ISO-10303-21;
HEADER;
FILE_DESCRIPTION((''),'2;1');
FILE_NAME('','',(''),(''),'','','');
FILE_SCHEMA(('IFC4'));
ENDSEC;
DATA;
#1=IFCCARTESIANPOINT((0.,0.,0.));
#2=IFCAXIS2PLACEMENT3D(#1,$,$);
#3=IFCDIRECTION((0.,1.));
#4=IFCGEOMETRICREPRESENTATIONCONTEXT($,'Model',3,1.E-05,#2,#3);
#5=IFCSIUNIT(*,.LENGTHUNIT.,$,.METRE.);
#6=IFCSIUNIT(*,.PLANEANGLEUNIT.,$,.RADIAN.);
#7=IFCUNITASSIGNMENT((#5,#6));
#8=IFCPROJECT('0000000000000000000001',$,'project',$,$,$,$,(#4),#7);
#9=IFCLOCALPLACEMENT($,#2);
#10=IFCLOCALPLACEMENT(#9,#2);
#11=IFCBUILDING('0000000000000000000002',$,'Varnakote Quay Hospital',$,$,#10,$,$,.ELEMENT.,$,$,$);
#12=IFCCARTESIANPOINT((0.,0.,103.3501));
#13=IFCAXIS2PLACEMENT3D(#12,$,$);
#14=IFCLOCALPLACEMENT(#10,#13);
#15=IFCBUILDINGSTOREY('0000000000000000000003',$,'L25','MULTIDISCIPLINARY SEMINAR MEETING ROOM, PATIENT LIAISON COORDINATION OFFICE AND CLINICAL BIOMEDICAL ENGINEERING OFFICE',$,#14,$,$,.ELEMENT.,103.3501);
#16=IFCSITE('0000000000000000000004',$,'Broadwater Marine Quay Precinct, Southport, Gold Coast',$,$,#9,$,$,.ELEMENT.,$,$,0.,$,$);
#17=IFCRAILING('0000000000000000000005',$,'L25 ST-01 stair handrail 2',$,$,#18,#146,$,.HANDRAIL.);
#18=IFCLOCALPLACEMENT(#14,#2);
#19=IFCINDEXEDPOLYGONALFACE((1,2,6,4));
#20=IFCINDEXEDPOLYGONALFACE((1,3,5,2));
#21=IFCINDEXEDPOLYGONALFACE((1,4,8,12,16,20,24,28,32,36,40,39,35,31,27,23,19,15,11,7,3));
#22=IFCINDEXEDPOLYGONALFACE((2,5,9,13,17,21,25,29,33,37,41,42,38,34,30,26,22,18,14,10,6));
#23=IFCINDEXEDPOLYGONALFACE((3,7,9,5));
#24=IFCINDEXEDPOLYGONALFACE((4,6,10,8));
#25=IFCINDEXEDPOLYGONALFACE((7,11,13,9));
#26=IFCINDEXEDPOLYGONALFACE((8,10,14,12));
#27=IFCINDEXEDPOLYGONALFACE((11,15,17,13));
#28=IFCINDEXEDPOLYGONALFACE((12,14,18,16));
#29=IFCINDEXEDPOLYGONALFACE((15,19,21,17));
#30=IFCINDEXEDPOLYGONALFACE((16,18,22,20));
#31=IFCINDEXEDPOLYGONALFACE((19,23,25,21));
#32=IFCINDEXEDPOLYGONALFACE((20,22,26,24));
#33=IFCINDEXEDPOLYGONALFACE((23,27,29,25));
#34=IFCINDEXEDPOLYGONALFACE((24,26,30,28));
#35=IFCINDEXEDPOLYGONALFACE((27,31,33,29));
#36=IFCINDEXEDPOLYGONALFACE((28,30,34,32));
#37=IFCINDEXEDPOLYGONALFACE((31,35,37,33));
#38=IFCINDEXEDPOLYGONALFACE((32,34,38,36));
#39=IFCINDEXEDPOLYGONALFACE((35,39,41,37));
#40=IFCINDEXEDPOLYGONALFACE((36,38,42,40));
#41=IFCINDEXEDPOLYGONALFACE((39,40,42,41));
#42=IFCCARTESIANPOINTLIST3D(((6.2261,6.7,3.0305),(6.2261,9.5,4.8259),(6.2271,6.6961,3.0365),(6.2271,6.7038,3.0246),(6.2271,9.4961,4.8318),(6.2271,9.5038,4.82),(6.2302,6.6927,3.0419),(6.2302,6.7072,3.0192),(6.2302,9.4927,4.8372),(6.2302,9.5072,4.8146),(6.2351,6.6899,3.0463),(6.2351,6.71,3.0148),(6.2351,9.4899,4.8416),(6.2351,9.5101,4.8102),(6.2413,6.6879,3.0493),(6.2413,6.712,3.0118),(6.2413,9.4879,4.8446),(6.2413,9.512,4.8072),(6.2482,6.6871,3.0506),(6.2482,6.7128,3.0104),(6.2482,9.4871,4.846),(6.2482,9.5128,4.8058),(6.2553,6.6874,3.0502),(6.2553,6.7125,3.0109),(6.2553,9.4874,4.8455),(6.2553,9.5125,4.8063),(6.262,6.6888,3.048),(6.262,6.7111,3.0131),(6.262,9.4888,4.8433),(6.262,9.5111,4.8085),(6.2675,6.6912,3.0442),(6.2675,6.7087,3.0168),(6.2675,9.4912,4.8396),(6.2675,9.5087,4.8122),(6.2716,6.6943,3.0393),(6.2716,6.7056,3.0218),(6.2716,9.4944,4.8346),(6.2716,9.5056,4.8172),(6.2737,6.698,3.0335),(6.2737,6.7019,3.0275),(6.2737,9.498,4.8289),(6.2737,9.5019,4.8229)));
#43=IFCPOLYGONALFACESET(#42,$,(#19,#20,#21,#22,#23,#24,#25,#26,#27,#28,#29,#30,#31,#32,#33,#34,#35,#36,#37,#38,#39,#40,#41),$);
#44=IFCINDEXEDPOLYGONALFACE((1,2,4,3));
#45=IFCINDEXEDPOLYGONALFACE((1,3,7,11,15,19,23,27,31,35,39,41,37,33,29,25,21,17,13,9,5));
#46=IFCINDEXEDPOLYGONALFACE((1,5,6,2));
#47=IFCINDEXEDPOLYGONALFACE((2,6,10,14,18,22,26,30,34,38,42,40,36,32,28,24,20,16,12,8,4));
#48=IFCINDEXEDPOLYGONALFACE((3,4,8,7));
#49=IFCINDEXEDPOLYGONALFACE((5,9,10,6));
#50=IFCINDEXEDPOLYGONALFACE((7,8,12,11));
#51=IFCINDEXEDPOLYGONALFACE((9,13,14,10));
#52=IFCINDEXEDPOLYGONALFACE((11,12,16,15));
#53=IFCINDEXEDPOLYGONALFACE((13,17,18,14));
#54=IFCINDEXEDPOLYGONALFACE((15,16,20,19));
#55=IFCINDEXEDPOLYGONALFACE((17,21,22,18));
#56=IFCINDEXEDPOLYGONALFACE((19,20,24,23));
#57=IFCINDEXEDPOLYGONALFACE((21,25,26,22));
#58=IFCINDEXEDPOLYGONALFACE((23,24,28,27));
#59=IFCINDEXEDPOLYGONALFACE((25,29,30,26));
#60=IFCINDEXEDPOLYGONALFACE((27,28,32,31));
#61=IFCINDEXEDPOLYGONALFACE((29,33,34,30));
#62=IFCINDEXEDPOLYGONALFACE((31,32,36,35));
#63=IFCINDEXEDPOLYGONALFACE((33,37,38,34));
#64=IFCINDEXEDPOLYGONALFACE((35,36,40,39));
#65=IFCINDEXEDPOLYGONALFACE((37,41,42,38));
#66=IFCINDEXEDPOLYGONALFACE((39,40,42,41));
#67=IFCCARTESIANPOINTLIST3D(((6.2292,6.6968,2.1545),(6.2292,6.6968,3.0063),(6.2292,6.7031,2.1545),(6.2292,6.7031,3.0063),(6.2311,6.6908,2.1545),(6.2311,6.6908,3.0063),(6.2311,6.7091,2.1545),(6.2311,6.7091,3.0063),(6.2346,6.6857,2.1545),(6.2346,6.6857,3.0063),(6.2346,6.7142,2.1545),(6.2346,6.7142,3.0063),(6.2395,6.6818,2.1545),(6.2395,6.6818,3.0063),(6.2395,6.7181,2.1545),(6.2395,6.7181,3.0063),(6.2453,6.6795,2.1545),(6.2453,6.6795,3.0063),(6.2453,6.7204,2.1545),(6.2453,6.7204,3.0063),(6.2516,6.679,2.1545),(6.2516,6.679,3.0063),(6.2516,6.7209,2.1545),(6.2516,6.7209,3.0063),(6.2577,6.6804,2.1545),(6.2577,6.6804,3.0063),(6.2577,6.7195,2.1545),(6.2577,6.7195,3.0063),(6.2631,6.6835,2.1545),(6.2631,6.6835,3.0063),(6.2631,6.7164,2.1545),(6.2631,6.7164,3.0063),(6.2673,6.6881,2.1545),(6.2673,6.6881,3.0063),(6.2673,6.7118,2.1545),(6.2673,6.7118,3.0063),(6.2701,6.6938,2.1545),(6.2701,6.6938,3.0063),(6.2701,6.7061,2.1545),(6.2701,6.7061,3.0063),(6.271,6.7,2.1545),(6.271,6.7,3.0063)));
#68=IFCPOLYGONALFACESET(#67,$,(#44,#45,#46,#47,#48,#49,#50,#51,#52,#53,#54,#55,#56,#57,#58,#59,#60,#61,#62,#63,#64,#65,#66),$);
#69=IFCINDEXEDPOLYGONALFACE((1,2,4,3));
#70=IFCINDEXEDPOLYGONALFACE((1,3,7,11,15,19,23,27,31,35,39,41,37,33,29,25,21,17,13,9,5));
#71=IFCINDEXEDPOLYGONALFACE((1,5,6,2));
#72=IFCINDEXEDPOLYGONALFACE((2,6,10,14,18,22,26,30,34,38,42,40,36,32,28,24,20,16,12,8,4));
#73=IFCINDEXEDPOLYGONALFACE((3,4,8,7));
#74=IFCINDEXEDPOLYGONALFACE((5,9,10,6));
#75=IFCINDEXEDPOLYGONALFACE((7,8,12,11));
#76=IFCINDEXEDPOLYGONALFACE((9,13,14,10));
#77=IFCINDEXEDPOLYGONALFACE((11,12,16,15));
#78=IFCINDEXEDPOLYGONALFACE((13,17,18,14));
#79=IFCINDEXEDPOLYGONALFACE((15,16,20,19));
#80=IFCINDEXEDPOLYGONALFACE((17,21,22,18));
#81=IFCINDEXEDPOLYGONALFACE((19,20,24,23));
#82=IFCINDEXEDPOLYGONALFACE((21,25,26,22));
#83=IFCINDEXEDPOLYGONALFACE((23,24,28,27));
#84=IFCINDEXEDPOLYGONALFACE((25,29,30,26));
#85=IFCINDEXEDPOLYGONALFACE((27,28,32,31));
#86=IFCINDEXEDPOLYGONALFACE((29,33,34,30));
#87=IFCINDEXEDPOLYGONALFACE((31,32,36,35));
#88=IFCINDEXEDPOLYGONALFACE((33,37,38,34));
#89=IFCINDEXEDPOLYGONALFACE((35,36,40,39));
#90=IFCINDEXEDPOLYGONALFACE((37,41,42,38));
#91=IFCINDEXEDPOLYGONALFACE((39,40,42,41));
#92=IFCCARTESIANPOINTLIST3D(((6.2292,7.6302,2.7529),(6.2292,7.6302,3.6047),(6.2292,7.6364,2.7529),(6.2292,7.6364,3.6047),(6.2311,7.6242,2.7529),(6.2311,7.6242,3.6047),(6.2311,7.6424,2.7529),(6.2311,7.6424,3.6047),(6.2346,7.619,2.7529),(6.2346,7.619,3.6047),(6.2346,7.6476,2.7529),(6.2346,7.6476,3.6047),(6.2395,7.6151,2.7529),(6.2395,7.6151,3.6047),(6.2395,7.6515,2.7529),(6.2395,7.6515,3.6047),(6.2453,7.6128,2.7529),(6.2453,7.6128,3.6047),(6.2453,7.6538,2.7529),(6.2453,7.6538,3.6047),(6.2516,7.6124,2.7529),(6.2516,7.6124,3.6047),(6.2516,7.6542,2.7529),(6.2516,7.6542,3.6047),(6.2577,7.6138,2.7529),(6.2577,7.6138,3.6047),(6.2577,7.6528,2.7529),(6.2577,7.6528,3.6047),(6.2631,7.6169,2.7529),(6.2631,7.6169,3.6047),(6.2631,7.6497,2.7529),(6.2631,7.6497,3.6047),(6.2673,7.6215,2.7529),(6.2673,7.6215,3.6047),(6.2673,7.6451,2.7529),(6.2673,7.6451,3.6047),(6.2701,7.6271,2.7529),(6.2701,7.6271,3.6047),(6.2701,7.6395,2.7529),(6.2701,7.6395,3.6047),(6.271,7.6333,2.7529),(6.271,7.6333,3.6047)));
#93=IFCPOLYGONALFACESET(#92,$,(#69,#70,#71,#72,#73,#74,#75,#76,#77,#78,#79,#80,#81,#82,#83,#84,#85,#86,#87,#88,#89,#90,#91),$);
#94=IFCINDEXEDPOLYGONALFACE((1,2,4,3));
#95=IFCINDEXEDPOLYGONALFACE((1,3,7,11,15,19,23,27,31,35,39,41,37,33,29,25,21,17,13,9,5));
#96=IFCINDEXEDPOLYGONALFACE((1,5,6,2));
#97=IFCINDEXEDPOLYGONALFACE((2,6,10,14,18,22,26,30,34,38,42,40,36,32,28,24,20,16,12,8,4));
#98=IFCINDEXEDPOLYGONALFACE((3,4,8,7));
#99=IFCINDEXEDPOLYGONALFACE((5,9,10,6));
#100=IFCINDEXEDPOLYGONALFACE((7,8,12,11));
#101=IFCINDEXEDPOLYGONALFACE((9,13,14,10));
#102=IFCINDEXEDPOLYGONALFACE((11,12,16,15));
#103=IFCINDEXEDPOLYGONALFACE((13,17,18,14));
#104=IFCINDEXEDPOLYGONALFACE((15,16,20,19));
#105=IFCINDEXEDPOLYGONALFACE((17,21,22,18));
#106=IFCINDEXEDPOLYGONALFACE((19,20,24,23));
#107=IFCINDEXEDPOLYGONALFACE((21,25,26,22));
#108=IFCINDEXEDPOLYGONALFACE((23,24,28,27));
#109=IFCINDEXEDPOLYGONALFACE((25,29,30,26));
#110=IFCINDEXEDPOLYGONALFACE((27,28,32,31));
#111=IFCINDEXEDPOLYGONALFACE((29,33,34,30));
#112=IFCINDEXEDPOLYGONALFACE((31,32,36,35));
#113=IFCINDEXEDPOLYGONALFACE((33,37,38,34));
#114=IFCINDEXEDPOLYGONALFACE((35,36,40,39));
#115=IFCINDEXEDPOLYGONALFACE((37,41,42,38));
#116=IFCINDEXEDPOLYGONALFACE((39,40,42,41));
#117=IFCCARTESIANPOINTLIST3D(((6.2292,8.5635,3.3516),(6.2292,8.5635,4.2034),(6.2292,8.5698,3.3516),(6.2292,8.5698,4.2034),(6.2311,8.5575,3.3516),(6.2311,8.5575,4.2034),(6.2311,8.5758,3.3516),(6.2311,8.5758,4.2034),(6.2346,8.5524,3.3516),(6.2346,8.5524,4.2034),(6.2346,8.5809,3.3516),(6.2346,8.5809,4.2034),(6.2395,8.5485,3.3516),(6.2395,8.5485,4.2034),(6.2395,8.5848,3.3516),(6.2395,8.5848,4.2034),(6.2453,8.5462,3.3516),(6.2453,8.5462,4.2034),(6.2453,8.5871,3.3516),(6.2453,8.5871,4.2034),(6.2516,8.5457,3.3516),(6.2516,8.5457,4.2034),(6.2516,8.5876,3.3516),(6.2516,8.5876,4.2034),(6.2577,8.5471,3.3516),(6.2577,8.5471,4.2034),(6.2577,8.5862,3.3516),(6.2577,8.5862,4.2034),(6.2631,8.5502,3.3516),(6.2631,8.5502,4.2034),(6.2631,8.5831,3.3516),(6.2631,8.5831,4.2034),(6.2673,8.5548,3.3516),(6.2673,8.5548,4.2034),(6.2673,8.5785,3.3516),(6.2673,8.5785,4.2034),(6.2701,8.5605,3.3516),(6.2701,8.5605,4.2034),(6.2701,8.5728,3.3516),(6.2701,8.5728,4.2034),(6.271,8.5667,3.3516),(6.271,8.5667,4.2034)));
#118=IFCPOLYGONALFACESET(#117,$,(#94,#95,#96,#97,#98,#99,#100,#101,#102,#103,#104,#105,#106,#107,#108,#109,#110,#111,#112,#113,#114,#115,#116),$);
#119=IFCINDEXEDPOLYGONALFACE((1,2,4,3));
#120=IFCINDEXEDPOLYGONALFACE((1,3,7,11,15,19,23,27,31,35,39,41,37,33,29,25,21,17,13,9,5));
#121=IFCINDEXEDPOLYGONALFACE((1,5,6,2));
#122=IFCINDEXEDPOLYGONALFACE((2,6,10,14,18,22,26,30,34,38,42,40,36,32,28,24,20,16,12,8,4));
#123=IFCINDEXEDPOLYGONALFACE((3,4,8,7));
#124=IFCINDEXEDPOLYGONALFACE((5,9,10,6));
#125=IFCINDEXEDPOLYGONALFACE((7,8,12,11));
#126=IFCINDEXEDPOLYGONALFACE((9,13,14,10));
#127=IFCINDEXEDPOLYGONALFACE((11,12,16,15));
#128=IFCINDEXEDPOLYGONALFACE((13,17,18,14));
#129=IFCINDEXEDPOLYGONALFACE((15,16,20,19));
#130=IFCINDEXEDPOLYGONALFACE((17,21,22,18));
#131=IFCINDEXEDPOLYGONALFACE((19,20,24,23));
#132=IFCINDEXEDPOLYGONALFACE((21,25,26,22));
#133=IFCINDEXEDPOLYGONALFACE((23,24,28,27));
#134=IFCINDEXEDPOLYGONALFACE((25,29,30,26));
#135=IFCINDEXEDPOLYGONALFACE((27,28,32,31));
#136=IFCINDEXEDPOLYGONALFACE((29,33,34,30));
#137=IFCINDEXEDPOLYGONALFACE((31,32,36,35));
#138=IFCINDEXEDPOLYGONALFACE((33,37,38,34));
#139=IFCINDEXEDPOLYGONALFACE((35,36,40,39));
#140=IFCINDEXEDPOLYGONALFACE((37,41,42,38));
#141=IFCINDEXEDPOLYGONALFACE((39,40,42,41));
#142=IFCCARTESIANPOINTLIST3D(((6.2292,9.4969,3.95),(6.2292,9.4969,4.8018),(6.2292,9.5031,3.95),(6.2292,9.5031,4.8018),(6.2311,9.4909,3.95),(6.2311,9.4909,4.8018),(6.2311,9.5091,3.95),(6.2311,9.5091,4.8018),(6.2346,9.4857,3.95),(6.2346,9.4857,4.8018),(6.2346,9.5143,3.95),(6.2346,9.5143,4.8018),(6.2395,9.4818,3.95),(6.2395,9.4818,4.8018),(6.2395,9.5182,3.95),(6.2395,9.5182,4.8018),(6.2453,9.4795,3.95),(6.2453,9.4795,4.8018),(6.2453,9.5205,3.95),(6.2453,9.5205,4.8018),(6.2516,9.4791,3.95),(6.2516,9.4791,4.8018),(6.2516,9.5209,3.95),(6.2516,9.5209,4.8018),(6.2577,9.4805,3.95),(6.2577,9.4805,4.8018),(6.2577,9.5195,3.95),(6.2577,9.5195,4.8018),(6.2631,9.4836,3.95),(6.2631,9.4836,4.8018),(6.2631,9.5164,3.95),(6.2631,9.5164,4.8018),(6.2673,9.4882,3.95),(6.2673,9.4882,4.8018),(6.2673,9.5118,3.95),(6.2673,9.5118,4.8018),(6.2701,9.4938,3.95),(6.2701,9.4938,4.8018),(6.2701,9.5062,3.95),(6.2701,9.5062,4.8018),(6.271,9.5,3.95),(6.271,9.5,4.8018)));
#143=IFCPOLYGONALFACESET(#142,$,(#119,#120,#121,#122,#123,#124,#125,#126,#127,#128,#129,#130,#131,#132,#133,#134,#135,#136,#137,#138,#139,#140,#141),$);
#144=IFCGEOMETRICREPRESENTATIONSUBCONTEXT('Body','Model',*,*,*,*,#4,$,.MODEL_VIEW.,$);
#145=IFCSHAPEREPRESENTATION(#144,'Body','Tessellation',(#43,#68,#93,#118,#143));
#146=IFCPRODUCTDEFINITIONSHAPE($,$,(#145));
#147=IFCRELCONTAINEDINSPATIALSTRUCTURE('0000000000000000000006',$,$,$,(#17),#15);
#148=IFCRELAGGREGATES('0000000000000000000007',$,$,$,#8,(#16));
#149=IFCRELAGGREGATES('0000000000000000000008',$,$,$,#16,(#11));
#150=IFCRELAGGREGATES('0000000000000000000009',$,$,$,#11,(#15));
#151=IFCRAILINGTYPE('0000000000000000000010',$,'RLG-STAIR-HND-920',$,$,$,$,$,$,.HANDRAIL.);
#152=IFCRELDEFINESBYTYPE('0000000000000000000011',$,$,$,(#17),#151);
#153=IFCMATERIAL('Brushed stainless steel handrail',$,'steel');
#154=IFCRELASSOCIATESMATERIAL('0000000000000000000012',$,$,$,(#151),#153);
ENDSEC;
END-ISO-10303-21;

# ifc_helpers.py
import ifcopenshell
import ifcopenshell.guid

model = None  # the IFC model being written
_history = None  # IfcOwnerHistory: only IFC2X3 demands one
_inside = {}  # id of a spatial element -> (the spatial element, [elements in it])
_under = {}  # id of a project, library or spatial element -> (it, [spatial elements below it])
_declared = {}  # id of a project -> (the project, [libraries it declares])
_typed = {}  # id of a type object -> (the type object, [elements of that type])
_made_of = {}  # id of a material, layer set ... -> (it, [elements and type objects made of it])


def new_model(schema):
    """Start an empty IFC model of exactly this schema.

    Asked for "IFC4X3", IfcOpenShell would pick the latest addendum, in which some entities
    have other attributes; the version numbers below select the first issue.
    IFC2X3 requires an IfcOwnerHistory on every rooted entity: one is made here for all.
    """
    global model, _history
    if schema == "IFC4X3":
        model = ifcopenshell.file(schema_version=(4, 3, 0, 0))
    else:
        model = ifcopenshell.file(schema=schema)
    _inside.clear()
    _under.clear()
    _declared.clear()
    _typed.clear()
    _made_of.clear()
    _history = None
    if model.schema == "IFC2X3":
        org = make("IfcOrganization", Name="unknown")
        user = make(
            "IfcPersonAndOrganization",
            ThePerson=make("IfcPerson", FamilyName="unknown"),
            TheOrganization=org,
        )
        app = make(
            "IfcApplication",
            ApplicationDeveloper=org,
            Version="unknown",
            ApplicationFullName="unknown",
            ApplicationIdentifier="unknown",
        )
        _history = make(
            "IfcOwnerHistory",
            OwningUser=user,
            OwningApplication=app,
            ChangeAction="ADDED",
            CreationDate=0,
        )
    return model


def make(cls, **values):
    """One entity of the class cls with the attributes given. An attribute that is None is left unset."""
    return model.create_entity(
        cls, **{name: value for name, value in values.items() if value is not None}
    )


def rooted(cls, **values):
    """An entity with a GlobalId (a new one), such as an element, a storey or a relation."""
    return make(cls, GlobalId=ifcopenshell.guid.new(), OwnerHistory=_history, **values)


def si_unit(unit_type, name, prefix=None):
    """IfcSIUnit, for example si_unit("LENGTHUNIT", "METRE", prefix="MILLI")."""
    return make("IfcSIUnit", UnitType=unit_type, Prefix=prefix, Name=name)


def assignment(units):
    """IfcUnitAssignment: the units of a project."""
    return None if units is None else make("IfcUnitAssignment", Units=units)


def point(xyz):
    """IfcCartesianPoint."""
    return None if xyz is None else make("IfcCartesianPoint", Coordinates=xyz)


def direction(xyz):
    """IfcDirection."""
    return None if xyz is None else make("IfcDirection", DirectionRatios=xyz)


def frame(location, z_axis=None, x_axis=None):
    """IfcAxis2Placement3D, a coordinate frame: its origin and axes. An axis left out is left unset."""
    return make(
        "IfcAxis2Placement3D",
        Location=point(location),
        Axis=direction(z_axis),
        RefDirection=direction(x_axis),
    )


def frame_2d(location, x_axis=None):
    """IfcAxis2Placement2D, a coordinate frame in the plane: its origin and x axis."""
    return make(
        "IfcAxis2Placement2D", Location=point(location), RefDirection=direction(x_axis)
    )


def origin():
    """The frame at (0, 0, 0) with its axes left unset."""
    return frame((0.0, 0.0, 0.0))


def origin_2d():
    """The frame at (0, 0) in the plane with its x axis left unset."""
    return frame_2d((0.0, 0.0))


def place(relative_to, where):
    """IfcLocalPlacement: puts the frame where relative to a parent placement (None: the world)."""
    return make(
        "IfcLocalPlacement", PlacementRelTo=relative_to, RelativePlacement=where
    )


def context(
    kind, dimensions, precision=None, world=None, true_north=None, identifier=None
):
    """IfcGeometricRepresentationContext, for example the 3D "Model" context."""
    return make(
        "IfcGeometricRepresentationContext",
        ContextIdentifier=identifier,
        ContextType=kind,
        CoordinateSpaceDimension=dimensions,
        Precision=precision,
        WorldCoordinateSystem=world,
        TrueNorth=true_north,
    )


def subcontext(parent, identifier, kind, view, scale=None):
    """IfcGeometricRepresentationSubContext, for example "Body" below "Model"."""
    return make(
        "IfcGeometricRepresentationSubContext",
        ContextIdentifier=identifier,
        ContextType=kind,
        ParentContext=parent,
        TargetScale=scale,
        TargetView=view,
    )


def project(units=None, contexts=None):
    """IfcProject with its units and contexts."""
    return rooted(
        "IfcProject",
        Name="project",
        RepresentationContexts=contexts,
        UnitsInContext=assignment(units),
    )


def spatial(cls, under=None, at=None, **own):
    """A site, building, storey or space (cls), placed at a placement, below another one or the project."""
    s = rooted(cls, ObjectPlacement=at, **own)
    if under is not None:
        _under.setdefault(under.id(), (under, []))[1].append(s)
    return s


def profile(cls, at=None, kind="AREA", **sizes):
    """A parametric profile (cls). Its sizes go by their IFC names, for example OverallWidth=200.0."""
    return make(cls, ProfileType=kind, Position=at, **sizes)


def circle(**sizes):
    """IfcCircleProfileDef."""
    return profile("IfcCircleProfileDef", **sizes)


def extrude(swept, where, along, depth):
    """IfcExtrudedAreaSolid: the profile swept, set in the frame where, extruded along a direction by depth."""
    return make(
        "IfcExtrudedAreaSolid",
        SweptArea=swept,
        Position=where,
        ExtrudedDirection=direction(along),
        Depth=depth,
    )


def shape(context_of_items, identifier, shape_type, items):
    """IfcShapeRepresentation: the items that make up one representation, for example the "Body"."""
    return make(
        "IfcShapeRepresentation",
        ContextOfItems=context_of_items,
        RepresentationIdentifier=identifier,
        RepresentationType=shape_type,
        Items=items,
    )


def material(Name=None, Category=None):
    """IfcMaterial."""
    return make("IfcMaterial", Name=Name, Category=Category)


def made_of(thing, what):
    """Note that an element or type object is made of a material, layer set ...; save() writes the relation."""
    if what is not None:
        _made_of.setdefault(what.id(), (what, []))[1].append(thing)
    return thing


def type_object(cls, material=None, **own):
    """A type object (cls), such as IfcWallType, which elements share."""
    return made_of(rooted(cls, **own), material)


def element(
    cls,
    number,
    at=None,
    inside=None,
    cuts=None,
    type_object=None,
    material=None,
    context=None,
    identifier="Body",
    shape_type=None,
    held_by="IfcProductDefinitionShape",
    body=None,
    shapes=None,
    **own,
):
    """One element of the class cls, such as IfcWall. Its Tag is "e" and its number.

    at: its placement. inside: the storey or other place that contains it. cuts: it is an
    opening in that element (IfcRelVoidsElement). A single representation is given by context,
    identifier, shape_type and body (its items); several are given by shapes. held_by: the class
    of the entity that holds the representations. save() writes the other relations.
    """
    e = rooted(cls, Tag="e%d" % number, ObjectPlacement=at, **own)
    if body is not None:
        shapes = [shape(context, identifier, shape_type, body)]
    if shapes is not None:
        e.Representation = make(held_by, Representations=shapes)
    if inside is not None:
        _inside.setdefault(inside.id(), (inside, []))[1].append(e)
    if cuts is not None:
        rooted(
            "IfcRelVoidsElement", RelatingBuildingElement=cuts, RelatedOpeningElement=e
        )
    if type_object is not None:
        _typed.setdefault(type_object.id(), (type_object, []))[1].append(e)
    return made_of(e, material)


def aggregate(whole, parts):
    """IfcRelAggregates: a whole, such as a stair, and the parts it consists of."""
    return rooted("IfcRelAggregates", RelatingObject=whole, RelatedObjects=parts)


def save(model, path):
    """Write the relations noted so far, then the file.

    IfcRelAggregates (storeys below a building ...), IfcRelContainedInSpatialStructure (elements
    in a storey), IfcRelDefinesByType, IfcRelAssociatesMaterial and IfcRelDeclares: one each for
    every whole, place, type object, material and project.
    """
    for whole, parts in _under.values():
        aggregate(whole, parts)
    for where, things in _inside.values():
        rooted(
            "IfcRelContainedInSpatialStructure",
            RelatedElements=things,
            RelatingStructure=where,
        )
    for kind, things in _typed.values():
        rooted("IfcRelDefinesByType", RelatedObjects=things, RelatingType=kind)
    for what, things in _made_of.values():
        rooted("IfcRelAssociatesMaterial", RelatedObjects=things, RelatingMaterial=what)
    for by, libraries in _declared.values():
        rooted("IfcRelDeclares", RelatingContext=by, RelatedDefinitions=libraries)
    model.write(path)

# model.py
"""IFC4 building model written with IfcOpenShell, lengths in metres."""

from ifc_helpers import new_model, si_unit, direction, frame, origin, origin_2d, place, context, subcontext, project, spatial, circle, extrude, material, type_object, element, save


model = new_model("IFC4")

# Units and contexts
model_context = context("Model", 3, precision=1e-05, world=origin(), true_north=direction((0.0, 1.0)))
body_context = subcontext(model_context, "Body", "Model", "MODEL_VIEW")
ifc_project = project(units=[si_unit("LENGTHUNIT", "METRE"), si_unit("PLANEANGLEUNIT", "RADIAN")], contexts=[model_context])

# Site, building, storey
site_placement = place(None, origin())
site = spatial("IfcSite", under=ifc_project, at=site_placement, Name="Broadwater Marine Quay Precinct, Southport, Gold Coast", CompositionType="ELEMENT", RefElevation=0.0)
building_placement = place(site_placement, origin())
building = spatial("IfcBuilding", under=site, at=building_placement, Name="Varnakote Quay Hospital", CompositionType="ELEMENT")
storey_placement = place(building_placement, frame((0.0, 0.0, 103.3501)))
storey = spatial("IfcBuildingStorey", under=building, at=storey_placement, Name="L25", Description="MULTIDISCIPLINARY SEMINAR MEETING ROOM, PATIENT LIAISON COORDINATION OFFICE AND CLINICAL BIOMEDICAL ENGINEERING OFFICE", CompositionType="ELEMENT", Elevation=103.3501)

# Railing
ifc_material_1 = material(Name="Brushed stainless steel handrail", Category="steel")
railing_type_1 = type_object("IfcRailingType", Name="RLG-STAIR-HND-920", PredefinedType="HANDRAIL", material=ifc_material_1)
railing_1_placement = place(storey_placement, frame((6.25, 6.7, 2.1545)))
element("IfcRailing", 1, at=railing_1_placement, inside=storey, type_object=railing_type_1, Name="L25 ST-01 stair handrail 2", PredefinedType="HANDRAIL", context=body_context, shape_type="SweptSolid", body=[
    extrude(circle(Radius=0.0239, at=origin_2d()), frame((0.0, 0.0, 0.876), z_axis=(0.0, 0.84181, 0.539774), x_axis=(-1.0, 0.0, 0.0)), (0.0, 0.0, 1.0), 3.3262),
    extrude(circle(Radius=0.021, at=origin_2d()), origin(), (0.0, 0.0, 1.0), 0.8518),
    extrude(circle(Radius=0.021, at=origin_2d()), frame((0.0, 0.9333, 0.5984)), (0.0, 0.0, 1.0), 0.8518),
    extrude(circle(Radius=0.021, at=origin_2d()), frame((0.0, 1.8667, 1.197)), (0.0, 0.0, 1.0), 0.8518),
    extrude(circle(Radius=0.021, at=origin_2d()), frame((0.0, 2.8, 1.7954)), (0.0, 0.0, 1.0), 0.8518),
])

save(model, "model.ifc")
